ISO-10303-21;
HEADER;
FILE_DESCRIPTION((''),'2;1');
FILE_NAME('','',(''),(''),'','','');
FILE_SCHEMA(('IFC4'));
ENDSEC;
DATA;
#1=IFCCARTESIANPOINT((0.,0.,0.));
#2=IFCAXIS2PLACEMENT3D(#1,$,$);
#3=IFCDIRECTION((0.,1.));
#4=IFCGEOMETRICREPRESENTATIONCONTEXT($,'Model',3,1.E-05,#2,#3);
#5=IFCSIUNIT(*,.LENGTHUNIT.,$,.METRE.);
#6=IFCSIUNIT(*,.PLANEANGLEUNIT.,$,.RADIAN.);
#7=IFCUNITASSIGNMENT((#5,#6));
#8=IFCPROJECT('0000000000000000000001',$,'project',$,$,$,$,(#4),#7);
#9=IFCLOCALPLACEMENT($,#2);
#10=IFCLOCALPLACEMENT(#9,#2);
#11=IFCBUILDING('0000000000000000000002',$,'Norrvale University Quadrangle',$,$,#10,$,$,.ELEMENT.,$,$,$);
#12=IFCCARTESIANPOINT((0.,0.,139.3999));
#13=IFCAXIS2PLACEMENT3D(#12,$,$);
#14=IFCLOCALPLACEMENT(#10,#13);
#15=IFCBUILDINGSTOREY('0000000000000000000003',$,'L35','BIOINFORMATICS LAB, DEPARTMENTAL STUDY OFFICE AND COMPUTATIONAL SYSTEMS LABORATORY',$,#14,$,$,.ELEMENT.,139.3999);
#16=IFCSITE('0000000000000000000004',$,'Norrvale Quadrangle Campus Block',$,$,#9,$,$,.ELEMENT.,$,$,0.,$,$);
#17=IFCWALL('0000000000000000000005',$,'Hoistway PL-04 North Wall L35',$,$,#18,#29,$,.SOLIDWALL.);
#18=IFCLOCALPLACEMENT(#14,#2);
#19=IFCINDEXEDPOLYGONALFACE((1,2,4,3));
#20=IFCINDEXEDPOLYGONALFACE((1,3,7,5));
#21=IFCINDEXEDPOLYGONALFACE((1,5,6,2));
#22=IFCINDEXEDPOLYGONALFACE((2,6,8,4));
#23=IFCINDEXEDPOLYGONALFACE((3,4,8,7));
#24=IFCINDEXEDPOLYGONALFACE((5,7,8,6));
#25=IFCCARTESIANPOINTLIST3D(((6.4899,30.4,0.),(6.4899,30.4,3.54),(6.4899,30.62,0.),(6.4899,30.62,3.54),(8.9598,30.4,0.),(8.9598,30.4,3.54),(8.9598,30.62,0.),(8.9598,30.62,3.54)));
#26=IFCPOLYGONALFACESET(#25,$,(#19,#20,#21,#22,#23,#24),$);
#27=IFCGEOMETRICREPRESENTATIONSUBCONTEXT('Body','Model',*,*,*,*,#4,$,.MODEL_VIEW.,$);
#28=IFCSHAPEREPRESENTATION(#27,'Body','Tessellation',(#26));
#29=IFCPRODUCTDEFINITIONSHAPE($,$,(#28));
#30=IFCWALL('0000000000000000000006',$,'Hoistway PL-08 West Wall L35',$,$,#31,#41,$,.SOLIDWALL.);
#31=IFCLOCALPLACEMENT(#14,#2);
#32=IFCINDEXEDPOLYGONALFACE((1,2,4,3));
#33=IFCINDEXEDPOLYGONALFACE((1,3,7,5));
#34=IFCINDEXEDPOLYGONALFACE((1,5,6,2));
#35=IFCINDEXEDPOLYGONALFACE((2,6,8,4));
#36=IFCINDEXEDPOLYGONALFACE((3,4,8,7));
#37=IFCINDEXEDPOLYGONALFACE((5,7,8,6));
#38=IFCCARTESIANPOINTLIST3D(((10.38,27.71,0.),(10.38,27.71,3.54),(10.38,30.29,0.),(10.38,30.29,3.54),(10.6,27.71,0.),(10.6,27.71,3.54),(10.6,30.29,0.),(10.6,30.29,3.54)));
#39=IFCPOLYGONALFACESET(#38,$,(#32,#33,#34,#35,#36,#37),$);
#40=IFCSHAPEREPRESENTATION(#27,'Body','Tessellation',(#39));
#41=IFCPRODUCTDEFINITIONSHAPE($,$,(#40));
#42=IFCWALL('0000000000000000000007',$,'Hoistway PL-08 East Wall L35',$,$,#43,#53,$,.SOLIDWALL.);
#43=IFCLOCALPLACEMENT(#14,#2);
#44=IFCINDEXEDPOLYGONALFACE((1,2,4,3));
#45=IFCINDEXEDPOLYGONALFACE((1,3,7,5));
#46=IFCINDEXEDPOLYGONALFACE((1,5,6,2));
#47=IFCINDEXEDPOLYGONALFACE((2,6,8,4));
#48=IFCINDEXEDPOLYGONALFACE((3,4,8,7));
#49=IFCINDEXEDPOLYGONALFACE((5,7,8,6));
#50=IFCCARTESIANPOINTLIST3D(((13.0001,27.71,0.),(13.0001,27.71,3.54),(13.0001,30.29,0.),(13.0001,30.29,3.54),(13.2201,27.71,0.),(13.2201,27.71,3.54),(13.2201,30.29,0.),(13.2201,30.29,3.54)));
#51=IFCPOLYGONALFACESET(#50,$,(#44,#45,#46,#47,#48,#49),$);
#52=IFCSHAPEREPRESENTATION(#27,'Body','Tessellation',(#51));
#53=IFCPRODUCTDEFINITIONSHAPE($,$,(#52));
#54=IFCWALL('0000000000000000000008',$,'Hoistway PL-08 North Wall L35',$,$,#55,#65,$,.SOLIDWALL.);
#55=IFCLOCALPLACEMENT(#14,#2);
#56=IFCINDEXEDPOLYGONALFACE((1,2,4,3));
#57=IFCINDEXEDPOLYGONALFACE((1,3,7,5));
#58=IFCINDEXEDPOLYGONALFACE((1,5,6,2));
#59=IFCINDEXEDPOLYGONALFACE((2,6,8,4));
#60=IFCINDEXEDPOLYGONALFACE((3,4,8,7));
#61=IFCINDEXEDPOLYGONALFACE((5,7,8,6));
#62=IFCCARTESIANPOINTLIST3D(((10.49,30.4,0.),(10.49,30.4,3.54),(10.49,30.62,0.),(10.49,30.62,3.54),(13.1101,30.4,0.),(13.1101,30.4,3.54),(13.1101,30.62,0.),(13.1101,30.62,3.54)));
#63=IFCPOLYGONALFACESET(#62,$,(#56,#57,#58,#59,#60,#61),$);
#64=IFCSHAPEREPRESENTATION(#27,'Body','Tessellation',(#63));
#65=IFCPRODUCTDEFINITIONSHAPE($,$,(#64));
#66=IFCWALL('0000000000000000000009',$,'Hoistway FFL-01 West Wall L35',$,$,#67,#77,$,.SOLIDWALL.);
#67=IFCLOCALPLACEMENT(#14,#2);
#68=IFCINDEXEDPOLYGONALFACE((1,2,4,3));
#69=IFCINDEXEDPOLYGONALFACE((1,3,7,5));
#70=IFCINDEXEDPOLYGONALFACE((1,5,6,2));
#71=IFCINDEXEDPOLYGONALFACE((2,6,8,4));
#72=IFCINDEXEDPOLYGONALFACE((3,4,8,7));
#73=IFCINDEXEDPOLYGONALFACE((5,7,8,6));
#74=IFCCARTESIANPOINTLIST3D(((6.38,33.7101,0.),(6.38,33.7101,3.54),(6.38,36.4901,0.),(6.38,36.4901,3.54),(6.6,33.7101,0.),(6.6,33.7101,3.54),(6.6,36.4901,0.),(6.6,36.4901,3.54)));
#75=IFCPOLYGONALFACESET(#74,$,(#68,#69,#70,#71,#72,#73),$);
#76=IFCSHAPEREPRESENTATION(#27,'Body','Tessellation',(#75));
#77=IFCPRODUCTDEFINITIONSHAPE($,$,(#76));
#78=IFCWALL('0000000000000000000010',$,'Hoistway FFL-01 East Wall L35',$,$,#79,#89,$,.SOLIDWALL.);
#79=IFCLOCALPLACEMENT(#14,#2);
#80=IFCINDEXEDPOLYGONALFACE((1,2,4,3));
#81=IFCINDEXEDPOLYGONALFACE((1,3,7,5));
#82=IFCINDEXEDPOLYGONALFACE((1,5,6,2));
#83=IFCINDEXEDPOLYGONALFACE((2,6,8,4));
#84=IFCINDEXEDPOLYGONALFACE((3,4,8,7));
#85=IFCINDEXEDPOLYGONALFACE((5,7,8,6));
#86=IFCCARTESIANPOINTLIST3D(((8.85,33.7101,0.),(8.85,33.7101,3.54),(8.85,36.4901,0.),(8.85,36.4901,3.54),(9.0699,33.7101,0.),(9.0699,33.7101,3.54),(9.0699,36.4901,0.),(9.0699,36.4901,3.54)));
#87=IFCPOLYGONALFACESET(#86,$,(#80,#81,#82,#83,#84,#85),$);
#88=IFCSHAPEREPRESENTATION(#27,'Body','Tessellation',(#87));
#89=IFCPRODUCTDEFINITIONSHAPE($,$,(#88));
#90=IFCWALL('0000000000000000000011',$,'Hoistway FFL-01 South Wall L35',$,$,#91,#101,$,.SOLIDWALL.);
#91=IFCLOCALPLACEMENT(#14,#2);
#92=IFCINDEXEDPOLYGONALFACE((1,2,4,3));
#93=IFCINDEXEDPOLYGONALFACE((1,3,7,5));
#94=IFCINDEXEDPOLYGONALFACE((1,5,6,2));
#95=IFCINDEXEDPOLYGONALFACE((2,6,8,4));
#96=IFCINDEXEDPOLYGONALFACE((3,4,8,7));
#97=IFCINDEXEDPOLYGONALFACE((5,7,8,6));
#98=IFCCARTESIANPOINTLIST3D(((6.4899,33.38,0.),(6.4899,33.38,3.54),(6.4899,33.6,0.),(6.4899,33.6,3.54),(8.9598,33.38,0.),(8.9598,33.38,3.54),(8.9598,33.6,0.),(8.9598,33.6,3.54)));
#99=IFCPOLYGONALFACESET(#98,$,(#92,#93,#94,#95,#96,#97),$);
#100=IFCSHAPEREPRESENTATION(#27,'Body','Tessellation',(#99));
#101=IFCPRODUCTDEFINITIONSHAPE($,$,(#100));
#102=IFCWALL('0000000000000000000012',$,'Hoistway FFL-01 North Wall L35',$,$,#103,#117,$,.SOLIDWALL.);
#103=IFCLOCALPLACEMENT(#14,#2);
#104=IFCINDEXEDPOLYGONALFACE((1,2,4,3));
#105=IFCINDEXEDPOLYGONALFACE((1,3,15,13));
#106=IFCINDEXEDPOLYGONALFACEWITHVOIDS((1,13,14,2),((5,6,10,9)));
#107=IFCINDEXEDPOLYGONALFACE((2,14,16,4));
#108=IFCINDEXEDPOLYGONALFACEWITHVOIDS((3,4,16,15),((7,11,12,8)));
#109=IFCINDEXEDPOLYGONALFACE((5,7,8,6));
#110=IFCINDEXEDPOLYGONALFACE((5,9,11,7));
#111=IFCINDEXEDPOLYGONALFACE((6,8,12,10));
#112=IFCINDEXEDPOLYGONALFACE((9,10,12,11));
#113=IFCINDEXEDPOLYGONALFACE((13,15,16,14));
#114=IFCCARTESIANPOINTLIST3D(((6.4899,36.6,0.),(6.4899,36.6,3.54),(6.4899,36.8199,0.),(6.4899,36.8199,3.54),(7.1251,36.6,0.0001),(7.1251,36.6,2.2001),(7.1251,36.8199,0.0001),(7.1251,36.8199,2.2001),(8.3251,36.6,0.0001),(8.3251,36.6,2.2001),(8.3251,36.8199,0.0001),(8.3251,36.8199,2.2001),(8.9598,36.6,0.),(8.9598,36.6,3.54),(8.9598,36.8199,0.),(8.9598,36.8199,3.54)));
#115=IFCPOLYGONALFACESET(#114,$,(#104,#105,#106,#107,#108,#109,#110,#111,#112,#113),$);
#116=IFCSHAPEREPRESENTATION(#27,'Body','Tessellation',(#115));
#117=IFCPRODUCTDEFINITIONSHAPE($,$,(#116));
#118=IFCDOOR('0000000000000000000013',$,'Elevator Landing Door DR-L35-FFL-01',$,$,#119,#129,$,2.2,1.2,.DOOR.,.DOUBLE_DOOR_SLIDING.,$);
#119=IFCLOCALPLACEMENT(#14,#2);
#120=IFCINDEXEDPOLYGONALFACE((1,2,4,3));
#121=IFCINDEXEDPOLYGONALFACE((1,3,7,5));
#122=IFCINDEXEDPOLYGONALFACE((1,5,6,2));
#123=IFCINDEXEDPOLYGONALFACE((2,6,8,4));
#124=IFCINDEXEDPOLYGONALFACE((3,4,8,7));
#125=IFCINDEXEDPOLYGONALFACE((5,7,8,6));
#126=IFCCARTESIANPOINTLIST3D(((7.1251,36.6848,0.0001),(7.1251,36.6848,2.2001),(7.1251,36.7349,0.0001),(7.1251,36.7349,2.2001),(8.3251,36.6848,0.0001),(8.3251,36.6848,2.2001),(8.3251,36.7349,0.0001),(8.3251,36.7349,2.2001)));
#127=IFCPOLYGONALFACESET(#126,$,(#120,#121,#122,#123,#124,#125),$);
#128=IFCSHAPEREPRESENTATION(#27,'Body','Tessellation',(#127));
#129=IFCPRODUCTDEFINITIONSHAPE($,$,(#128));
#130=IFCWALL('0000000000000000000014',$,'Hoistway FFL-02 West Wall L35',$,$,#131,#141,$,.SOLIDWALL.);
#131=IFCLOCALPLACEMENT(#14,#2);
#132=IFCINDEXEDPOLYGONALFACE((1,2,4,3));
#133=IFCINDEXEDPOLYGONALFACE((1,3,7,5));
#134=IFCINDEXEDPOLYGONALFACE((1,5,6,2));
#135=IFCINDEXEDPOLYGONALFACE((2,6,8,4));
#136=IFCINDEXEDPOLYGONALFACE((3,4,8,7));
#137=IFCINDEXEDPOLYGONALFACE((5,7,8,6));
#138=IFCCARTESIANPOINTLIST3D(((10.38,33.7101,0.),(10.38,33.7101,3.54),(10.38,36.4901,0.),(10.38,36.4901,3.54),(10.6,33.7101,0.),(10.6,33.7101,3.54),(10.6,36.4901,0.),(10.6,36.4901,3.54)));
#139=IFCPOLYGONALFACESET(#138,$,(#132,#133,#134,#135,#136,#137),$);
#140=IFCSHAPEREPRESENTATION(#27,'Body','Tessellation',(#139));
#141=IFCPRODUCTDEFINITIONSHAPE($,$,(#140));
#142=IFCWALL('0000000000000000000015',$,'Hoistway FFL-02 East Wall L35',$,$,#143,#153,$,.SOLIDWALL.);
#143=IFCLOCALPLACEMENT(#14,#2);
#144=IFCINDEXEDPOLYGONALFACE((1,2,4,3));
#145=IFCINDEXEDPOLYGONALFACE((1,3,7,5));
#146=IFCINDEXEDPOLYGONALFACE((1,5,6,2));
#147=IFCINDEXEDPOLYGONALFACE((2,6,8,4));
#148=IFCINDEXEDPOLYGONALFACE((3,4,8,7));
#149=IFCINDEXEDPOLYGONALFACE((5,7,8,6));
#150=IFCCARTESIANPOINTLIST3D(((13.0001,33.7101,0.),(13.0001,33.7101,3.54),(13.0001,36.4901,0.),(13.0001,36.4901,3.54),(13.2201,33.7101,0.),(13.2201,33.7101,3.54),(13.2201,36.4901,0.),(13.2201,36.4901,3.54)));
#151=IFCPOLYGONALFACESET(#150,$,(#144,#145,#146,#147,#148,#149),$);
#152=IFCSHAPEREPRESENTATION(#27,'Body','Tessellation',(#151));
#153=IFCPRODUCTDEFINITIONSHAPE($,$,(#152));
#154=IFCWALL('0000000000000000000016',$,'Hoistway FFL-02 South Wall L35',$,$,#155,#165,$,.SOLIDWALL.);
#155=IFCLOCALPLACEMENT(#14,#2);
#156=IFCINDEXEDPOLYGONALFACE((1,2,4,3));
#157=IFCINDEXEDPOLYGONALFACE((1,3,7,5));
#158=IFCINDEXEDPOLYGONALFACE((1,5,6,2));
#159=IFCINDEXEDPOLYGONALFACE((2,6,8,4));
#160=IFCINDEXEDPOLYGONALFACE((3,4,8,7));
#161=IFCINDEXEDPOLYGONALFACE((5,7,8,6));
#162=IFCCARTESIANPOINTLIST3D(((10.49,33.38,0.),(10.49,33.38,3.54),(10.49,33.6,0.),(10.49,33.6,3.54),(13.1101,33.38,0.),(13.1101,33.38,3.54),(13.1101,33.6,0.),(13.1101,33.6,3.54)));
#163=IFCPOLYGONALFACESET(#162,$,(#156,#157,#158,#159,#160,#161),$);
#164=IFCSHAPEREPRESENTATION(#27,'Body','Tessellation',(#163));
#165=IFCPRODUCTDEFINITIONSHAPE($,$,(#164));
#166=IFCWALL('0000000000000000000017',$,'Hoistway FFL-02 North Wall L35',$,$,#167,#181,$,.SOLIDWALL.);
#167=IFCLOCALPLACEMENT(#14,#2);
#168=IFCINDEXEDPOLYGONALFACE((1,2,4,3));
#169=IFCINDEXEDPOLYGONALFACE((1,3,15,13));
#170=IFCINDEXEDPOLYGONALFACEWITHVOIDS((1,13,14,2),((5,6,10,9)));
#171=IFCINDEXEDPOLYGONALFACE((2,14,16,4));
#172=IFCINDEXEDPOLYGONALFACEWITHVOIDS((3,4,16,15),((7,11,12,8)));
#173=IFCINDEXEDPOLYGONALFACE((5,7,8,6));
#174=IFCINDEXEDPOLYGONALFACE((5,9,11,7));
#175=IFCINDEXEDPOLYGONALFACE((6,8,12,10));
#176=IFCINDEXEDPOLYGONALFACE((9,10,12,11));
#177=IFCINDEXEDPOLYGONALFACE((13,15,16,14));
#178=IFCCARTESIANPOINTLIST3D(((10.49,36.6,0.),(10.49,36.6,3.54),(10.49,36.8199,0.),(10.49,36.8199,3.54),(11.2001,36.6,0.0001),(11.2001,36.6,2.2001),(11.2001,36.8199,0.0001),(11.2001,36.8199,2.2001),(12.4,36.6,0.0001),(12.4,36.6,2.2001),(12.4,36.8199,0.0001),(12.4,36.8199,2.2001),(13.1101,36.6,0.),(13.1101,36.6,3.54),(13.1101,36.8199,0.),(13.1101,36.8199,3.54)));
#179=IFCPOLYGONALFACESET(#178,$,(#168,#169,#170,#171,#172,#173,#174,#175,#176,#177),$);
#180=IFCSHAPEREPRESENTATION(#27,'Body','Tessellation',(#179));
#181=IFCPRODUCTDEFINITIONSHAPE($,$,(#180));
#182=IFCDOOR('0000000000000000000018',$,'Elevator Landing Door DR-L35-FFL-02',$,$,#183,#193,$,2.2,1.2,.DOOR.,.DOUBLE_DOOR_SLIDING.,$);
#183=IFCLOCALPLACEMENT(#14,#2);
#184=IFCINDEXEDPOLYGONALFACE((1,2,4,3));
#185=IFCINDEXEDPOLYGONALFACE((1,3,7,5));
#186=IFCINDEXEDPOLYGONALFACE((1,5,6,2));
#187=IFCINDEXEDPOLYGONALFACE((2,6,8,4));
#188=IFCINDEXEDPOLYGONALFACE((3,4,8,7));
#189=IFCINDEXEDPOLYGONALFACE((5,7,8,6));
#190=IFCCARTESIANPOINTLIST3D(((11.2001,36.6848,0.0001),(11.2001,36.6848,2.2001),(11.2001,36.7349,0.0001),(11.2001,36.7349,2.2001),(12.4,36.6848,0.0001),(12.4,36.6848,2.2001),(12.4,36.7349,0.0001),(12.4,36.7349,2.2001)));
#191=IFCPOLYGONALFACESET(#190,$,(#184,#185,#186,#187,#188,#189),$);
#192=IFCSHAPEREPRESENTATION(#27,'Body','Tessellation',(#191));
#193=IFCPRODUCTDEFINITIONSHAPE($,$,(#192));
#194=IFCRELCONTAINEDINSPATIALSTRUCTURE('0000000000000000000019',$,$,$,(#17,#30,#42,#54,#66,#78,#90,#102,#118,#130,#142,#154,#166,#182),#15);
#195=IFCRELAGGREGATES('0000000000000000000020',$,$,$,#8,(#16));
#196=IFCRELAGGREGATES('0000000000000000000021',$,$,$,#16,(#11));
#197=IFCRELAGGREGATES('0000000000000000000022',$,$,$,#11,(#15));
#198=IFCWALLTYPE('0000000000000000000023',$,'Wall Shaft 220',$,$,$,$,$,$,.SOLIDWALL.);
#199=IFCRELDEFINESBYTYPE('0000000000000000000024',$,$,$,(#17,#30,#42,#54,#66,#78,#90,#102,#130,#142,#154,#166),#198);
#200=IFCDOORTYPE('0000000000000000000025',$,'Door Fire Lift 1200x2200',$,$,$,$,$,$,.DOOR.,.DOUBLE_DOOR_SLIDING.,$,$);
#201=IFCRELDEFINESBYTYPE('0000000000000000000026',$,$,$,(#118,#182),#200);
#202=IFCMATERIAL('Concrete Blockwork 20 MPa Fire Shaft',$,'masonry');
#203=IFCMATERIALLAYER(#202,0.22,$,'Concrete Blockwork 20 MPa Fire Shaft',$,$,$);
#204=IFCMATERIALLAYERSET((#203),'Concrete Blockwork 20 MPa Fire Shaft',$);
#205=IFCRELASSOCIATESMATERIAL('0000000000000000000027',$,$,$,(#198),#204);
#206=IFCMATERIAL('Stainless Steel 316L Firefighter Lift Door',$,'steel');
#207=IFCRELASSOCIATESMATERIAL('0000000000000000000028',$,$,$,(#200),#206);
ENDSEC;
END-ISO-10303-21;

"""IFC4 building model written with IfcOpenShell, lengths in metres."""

from ifc_helpers import new_model, si_unit, direction, frame, frame_2d, origin, place, context, subcontext, project, spatial, rectangle, extrude, material, layer, layer_set, type_object, element, fill, save


model = new_model("IFC4")

# Units and contexts
model_context = context("Model", 3, precision=1e-05, world=origin(), true_north=direction((0.0, 1.0)))
body_context = subcontext(model_context, "Body", "Model", "MODEL_VIEW")
ifc_project = project(units=[si_unit("LENGTHUNIT", "METRE"), si_unit("PLANEANGLEUNIT", "RADIAN")], contexts=[model_context])

# Site, building, storey
site_placement = place(None, origin())
site = spatial("IfcSite", under=ifc_project, at=site_placement, Name="Norrvale Quadrangle Campus Block", CompositionType="ELEMENT", RefElevation=0.0)
building_placement = place(site_placement, origin())
building = spatial("IfcBuilding", under=site, at=building_placement, Name="Norrvale University Quadrangle", CompositionType="ELEMENT")
storey_placement = place(building_placement, frame((0.0, 0.0, 139.3999)))
storey = spatial("IfcBuildingStorey", under=building, at=storey_placement, Name="L35", Description="BIOINFORMATICS LAB, DEPARTMENTAL STUDY OFFICE AND COMPUTATIONAL SYSTEMS LABORATORY", CompositionType="ELEMENT", Elevation=139.3999)

# Walls
ifc_material_1 = material(Name="Concrete Blockwork 20 MPa Fire Shaft", Category="masonry")
ifc_layer_1 = layer(ifc_material_1, 0.22, Name="Concrete Blockwork 20 MPa Fire Shaft")
ifc_layer_set_1 = layer_set([ifc_layer_1], Name="Concrete Blockwork 20 MPa Fire Shaft")
wall_type_1 = type_object("IfcWallType", Name="Wall Shaft 220", PredefinedType="SOLIDWALL", material=ifc_layer_set_1)
wall_1_placement = place(storey_placement, frame((6.49, 30.51, 0.0), z_axis=(0.0, 0.0, 1.0), x_axis=(1.0, 0.0, 0.0)))
element("IfcWall", 1, at=wall_1_placement, inside=storey, type_object=wall_type_1, Name="Hoistway PL-04 North Wall L35", PredefinedType="SOLIDWALL", context=body_context, shape_type="SweptSolid", body=[
    extrude(rectangle(XDim=2.47, YDim=0.22, at=frame_2d((1.2349, 0.0))), origin(), (0.0, 0.0, 1.0), 3.54),
])
for number, where, z_axis, x_axis, name in (
    (2, (10.49, 27.71, 0.0), (0.0, 0.0, 1.0), (0.0, 1.0, 0.0), "Hoistway PL-08 West Wall L35"),
    (3, (13.1101, 27.71, 0.0), (0.0, 0.0, 1.0), (0.0, 1.0, 0.0), "Hoistway PL-08 East Wall L35"),
):
    element("IfcWall", number, at=place(storey_placement, frame(where, z_axis=z_axis, x_axis=x_axis)), inside=storey, type_object=wall_type_1, Name=name, PredefinedType="SOLIDWALL", context=body_context, shape_type="SweptSolid", body=[
        extrude(rectangle(XDim=2.5801, YDim=0.22, at=frame_2d((1.29, 0.0))), origin(), (0.0, 0.0, 1.0), 3.54),
    ])
wall_2_placement = place(storey_placement, frame((10.49, 30.51, 0.0), z_axis=(0.0, 0.0, 1.0), x_axis=(1.0, 0.0, 0.0)))
element("IfcWall", 4, at=wall_2_placement, inside=storey, type_object=wall_type_1, Name="Hoistway PL-08 North Wall L35", PredefinedType="SOLIDWALL", context=body_context, shape_type="SweptSolid", body=[
    extrude(rectangle(XDim=2.6201, YDim=0.22, at=frame_2d((1.3101, 0.0))), origin(), (0.0, 0.0, 1.0), 3.54),
])
for number, where, z_axis, x_axis, name in (
    (5, (6.49, 33.71, 0.0), (0.0, 0.0, 1.0), (0.0, 1.0, 0.0), "Hoistway FFL-01 West Wall L35"),
    (6, (8.96, 33.71, 0.0), (0.0, 0.0, 1.0), (0.0, 1.0, 0.0), "Hoistway FFL-01 East Wall L35"),
):
    element("IfcWall", number, at=place(storey_placement, frame(where, z_axis=z_axis, x_axis=x_axis)), inside=storey, type_object=wall_type_1, Name=name, PredefinedType="SOLIDWALL", context=body_context, shape_type="SweptSolid", body=[
        extrude(rectangle(XDim=2.78, YDim=0.22, at=frame_2d((1.3901, 0.0))), origin(), (0.0, 0.0, 1.0), 3.54),
    ])
wall_3_placement = place(storey_placement, frame((6.49, 33.49, 0.0), z_axis=(0.0, 0.0, 1.0), x_axis=(1.0, 0.0, 0.0)))
element("IfcWall", 7, at=wall_3_placement, inside=storey, type_object=wall_type_1, Name="Hoistway FFL-01 South Wall L35", PredefinedType="SOLIDWALL", context=body_context, shape_type="SweptSolid", body=[
    extrude(rectangle(XDim=2.47, YDim=0.22, at=frame_2d((1.2349, 0.0))), origin(), (0.0, 0.0, 1.0), 3.54),
])

# Wall, opening, door
wall_4_placement = place(storey_placement, frame((6.49, 36.71, 0.0), z_axis=(0.0, 0.0, 1.0), x_axis=(1.0, 0.0, 0.0)))
wall_4 = element("IfcWall", 8, at=wall_4_placement, inside=storey, type_object=wall_type_1, Name="Hoistway FFL-01 North Wall L35", PredefinedType="SOLIDWALL", context=body_context, shape_type="SweptSolid", body=[
    extrude(rectangle(XDim=2.47, YDim=0.22, at=frame_2d((1.2349, 0.0))), origin(), (0.0, 0.0, 1.0), 3.54),
])
opening_1_placement = place(wall_4_placement, frame((0.635, 0.0, 0.0)))
opening_1 = element("IfcOpeningElement", 9, at=opening_1_placement, cuts=wall_4, PredefinedType="OPENING", context=body_context, shape_type="SweptSolid", body=[
    extrude(rectangle(XDim=1.2, YDim=2.2, at=frame_2d((0.6001, 1.1001))), frame((0.0, 0.1221, 0.0), z_axis=(0.0, -1.0, 0.0), x_axis=(1.0, 0.0, 0.0)), (0.0, 0.0, 1.0), 0.2439),
])
ifc_material_2 = material(Name="Stainless Steel 316L Firefighter Lift Door", Category="steel")
door_type = type_object("IfcDoorType", Name="Door Fire Lift 1200x2200", OperationType="DOUBLE_DOOR_SLIDING", PredefinedType="DOOR", material=ifc_material_2)
door_1_placement = place(opening_1_placement, origin())
door_1 = element("IfcDoor", 10, at=door_1_placement, inside=storey, type_object=door_type, Name="Elevator Landing Door DR-L35-FFL-01", OperationType="DOUBLE_DOOR_SLIDING", OverallHeight=2.2, OverallWidth=1.2, PredefinedType="DOOR", context=body_context, shape_type="SweptSolid", body=[
    extrude(rectangle(XDim=1.2, YDim=2.2, at=frame_2d((0.6001, 1.1001))), frame((0.0, 0.0249, 0.0), z_axis=(0.0, -1.0, 0.0), x_axis=(1.0, 0.0, 0.0)), (0.0, 0.0, 1.0), 0.05),
])
fill(opening_1, door_1)

# Walls
for number, where, z_axis, x_axis, name in (
    (11, (10.49, 33.71, 0.0), (0.0, 0.0, 1.0), (0.0, 1.0, 0.0), "Hoistway FFL-02 West Wall L35"),
    (12, (13.1101, 33.71, 0.0), (0.0, 0.0, 1.0), (0.0, 1.0, 0.0), "Hoistway FFL-02 East Wall L35"),
):
    element("IfcWall", number, at=place(storey_placement, frame(where, z_axis=z_axis, x_axis=x_axis)), inside=storey, type_object=wall_type_1, Name=name, PredefinedType="SOLIDWALL", context=body_context, shape_type="SweptSolid", body=[
        extrude(rectangle(XDim=2.78, YDim=0.22, at=frame_2d((1.3901, 0.0))), origin(), (0.0, 0.0, 1.0), 3.54),
    ])
wall_5_placement = place(storey_placement, frame((10.49, 33.49, 0.0), z_axis=(0.0, 0.0, 1.0), x_axis=(1.0, 0.0, 0.0)))
element("IfcWall", 13, at=wall_5_placement, inside=storey, type_object=wall_type_1, Name="Hoistway FFL-02 South Wall L35", PredefinedType="SOLIDWALL", context=body_context, shape_type="SweptSolid", body=[
    extrude(rectangle(XDim=2.6201, YDim=0.22, at=frame_2d((1.3101, 0.0))), origin(), (0.0, 0.0, 1.0), 3.54),
])

# Wall, opening, door
wall_6_placement = place(storey_placement, frame((10.49, 36.71, 0.0), z_axis=(0.0, 0.0, 1.0), x_axis=(1.0, 0.0, 0.0)))
wall_6 = element("IfcWall", 14, at=wall_6_placement, inside=storey, type_object=wall_type_1, Name="Hoistway FFL-02 North Wall L35", PredefinedType="SOLIDWALL", context=body_context, shape_type="SweptSolid", body=[
    extrude(rectangle(XDim=2.6201, YDim=0.22, at=frame_2d((1.3101, 0.0))), origin(), (0.0, 0.0, 1.0), 3.54),
])
opening_2_placement = place(wall_6_placement, frame((0.71, 0.0, 0.0)))
opening_2 = element("IfcOpeningElement", 15, at=opening_2_placement, cuts=wall_6, PredefinedType="OPENING", context=body_context, shape_type="SweptSolid", body=[
    extrude(rectangle(XDim=1.2, YDim=2.2, at=frame_2d((0.6001, 1.1001))), frame((0.0, 0.1221, 0.0), z_axis=(0.0, -1.0, 0.0), x_axis=(1.0, 0.0, 0.0)), (0.0, 0.0, 1.0), 0.2439),
])
door_2_placement = place(opening_2_placement, origin())
door_2 = element("IfcDoor", 16, at=door_2_placement, inside=storey, type_object=door_type, Name="Elevator Landing Door DR-L35-FFL-02", OperationType="DOUBLE_DOOR_SLIDING", OverallHeight=2.2, OverallWidth=1.2, PredefinedType="DOOR", context=body_context, shape_type="SweptSolid", body=[
    extrude(rectangle(XDim=1.2, YDim=2.2, at=frame_2d((0.6001, 1.1001))), frame((0.0, 0.0249, 0.0), z_axis=(0.0, -1.0, 0.0), x_axis=(1.0, 0.0, 0.0)), (0.0, 0.0, 1.0), 0.05),
])
fill(opening_2, door_2)

save(model, "model.ifc")
